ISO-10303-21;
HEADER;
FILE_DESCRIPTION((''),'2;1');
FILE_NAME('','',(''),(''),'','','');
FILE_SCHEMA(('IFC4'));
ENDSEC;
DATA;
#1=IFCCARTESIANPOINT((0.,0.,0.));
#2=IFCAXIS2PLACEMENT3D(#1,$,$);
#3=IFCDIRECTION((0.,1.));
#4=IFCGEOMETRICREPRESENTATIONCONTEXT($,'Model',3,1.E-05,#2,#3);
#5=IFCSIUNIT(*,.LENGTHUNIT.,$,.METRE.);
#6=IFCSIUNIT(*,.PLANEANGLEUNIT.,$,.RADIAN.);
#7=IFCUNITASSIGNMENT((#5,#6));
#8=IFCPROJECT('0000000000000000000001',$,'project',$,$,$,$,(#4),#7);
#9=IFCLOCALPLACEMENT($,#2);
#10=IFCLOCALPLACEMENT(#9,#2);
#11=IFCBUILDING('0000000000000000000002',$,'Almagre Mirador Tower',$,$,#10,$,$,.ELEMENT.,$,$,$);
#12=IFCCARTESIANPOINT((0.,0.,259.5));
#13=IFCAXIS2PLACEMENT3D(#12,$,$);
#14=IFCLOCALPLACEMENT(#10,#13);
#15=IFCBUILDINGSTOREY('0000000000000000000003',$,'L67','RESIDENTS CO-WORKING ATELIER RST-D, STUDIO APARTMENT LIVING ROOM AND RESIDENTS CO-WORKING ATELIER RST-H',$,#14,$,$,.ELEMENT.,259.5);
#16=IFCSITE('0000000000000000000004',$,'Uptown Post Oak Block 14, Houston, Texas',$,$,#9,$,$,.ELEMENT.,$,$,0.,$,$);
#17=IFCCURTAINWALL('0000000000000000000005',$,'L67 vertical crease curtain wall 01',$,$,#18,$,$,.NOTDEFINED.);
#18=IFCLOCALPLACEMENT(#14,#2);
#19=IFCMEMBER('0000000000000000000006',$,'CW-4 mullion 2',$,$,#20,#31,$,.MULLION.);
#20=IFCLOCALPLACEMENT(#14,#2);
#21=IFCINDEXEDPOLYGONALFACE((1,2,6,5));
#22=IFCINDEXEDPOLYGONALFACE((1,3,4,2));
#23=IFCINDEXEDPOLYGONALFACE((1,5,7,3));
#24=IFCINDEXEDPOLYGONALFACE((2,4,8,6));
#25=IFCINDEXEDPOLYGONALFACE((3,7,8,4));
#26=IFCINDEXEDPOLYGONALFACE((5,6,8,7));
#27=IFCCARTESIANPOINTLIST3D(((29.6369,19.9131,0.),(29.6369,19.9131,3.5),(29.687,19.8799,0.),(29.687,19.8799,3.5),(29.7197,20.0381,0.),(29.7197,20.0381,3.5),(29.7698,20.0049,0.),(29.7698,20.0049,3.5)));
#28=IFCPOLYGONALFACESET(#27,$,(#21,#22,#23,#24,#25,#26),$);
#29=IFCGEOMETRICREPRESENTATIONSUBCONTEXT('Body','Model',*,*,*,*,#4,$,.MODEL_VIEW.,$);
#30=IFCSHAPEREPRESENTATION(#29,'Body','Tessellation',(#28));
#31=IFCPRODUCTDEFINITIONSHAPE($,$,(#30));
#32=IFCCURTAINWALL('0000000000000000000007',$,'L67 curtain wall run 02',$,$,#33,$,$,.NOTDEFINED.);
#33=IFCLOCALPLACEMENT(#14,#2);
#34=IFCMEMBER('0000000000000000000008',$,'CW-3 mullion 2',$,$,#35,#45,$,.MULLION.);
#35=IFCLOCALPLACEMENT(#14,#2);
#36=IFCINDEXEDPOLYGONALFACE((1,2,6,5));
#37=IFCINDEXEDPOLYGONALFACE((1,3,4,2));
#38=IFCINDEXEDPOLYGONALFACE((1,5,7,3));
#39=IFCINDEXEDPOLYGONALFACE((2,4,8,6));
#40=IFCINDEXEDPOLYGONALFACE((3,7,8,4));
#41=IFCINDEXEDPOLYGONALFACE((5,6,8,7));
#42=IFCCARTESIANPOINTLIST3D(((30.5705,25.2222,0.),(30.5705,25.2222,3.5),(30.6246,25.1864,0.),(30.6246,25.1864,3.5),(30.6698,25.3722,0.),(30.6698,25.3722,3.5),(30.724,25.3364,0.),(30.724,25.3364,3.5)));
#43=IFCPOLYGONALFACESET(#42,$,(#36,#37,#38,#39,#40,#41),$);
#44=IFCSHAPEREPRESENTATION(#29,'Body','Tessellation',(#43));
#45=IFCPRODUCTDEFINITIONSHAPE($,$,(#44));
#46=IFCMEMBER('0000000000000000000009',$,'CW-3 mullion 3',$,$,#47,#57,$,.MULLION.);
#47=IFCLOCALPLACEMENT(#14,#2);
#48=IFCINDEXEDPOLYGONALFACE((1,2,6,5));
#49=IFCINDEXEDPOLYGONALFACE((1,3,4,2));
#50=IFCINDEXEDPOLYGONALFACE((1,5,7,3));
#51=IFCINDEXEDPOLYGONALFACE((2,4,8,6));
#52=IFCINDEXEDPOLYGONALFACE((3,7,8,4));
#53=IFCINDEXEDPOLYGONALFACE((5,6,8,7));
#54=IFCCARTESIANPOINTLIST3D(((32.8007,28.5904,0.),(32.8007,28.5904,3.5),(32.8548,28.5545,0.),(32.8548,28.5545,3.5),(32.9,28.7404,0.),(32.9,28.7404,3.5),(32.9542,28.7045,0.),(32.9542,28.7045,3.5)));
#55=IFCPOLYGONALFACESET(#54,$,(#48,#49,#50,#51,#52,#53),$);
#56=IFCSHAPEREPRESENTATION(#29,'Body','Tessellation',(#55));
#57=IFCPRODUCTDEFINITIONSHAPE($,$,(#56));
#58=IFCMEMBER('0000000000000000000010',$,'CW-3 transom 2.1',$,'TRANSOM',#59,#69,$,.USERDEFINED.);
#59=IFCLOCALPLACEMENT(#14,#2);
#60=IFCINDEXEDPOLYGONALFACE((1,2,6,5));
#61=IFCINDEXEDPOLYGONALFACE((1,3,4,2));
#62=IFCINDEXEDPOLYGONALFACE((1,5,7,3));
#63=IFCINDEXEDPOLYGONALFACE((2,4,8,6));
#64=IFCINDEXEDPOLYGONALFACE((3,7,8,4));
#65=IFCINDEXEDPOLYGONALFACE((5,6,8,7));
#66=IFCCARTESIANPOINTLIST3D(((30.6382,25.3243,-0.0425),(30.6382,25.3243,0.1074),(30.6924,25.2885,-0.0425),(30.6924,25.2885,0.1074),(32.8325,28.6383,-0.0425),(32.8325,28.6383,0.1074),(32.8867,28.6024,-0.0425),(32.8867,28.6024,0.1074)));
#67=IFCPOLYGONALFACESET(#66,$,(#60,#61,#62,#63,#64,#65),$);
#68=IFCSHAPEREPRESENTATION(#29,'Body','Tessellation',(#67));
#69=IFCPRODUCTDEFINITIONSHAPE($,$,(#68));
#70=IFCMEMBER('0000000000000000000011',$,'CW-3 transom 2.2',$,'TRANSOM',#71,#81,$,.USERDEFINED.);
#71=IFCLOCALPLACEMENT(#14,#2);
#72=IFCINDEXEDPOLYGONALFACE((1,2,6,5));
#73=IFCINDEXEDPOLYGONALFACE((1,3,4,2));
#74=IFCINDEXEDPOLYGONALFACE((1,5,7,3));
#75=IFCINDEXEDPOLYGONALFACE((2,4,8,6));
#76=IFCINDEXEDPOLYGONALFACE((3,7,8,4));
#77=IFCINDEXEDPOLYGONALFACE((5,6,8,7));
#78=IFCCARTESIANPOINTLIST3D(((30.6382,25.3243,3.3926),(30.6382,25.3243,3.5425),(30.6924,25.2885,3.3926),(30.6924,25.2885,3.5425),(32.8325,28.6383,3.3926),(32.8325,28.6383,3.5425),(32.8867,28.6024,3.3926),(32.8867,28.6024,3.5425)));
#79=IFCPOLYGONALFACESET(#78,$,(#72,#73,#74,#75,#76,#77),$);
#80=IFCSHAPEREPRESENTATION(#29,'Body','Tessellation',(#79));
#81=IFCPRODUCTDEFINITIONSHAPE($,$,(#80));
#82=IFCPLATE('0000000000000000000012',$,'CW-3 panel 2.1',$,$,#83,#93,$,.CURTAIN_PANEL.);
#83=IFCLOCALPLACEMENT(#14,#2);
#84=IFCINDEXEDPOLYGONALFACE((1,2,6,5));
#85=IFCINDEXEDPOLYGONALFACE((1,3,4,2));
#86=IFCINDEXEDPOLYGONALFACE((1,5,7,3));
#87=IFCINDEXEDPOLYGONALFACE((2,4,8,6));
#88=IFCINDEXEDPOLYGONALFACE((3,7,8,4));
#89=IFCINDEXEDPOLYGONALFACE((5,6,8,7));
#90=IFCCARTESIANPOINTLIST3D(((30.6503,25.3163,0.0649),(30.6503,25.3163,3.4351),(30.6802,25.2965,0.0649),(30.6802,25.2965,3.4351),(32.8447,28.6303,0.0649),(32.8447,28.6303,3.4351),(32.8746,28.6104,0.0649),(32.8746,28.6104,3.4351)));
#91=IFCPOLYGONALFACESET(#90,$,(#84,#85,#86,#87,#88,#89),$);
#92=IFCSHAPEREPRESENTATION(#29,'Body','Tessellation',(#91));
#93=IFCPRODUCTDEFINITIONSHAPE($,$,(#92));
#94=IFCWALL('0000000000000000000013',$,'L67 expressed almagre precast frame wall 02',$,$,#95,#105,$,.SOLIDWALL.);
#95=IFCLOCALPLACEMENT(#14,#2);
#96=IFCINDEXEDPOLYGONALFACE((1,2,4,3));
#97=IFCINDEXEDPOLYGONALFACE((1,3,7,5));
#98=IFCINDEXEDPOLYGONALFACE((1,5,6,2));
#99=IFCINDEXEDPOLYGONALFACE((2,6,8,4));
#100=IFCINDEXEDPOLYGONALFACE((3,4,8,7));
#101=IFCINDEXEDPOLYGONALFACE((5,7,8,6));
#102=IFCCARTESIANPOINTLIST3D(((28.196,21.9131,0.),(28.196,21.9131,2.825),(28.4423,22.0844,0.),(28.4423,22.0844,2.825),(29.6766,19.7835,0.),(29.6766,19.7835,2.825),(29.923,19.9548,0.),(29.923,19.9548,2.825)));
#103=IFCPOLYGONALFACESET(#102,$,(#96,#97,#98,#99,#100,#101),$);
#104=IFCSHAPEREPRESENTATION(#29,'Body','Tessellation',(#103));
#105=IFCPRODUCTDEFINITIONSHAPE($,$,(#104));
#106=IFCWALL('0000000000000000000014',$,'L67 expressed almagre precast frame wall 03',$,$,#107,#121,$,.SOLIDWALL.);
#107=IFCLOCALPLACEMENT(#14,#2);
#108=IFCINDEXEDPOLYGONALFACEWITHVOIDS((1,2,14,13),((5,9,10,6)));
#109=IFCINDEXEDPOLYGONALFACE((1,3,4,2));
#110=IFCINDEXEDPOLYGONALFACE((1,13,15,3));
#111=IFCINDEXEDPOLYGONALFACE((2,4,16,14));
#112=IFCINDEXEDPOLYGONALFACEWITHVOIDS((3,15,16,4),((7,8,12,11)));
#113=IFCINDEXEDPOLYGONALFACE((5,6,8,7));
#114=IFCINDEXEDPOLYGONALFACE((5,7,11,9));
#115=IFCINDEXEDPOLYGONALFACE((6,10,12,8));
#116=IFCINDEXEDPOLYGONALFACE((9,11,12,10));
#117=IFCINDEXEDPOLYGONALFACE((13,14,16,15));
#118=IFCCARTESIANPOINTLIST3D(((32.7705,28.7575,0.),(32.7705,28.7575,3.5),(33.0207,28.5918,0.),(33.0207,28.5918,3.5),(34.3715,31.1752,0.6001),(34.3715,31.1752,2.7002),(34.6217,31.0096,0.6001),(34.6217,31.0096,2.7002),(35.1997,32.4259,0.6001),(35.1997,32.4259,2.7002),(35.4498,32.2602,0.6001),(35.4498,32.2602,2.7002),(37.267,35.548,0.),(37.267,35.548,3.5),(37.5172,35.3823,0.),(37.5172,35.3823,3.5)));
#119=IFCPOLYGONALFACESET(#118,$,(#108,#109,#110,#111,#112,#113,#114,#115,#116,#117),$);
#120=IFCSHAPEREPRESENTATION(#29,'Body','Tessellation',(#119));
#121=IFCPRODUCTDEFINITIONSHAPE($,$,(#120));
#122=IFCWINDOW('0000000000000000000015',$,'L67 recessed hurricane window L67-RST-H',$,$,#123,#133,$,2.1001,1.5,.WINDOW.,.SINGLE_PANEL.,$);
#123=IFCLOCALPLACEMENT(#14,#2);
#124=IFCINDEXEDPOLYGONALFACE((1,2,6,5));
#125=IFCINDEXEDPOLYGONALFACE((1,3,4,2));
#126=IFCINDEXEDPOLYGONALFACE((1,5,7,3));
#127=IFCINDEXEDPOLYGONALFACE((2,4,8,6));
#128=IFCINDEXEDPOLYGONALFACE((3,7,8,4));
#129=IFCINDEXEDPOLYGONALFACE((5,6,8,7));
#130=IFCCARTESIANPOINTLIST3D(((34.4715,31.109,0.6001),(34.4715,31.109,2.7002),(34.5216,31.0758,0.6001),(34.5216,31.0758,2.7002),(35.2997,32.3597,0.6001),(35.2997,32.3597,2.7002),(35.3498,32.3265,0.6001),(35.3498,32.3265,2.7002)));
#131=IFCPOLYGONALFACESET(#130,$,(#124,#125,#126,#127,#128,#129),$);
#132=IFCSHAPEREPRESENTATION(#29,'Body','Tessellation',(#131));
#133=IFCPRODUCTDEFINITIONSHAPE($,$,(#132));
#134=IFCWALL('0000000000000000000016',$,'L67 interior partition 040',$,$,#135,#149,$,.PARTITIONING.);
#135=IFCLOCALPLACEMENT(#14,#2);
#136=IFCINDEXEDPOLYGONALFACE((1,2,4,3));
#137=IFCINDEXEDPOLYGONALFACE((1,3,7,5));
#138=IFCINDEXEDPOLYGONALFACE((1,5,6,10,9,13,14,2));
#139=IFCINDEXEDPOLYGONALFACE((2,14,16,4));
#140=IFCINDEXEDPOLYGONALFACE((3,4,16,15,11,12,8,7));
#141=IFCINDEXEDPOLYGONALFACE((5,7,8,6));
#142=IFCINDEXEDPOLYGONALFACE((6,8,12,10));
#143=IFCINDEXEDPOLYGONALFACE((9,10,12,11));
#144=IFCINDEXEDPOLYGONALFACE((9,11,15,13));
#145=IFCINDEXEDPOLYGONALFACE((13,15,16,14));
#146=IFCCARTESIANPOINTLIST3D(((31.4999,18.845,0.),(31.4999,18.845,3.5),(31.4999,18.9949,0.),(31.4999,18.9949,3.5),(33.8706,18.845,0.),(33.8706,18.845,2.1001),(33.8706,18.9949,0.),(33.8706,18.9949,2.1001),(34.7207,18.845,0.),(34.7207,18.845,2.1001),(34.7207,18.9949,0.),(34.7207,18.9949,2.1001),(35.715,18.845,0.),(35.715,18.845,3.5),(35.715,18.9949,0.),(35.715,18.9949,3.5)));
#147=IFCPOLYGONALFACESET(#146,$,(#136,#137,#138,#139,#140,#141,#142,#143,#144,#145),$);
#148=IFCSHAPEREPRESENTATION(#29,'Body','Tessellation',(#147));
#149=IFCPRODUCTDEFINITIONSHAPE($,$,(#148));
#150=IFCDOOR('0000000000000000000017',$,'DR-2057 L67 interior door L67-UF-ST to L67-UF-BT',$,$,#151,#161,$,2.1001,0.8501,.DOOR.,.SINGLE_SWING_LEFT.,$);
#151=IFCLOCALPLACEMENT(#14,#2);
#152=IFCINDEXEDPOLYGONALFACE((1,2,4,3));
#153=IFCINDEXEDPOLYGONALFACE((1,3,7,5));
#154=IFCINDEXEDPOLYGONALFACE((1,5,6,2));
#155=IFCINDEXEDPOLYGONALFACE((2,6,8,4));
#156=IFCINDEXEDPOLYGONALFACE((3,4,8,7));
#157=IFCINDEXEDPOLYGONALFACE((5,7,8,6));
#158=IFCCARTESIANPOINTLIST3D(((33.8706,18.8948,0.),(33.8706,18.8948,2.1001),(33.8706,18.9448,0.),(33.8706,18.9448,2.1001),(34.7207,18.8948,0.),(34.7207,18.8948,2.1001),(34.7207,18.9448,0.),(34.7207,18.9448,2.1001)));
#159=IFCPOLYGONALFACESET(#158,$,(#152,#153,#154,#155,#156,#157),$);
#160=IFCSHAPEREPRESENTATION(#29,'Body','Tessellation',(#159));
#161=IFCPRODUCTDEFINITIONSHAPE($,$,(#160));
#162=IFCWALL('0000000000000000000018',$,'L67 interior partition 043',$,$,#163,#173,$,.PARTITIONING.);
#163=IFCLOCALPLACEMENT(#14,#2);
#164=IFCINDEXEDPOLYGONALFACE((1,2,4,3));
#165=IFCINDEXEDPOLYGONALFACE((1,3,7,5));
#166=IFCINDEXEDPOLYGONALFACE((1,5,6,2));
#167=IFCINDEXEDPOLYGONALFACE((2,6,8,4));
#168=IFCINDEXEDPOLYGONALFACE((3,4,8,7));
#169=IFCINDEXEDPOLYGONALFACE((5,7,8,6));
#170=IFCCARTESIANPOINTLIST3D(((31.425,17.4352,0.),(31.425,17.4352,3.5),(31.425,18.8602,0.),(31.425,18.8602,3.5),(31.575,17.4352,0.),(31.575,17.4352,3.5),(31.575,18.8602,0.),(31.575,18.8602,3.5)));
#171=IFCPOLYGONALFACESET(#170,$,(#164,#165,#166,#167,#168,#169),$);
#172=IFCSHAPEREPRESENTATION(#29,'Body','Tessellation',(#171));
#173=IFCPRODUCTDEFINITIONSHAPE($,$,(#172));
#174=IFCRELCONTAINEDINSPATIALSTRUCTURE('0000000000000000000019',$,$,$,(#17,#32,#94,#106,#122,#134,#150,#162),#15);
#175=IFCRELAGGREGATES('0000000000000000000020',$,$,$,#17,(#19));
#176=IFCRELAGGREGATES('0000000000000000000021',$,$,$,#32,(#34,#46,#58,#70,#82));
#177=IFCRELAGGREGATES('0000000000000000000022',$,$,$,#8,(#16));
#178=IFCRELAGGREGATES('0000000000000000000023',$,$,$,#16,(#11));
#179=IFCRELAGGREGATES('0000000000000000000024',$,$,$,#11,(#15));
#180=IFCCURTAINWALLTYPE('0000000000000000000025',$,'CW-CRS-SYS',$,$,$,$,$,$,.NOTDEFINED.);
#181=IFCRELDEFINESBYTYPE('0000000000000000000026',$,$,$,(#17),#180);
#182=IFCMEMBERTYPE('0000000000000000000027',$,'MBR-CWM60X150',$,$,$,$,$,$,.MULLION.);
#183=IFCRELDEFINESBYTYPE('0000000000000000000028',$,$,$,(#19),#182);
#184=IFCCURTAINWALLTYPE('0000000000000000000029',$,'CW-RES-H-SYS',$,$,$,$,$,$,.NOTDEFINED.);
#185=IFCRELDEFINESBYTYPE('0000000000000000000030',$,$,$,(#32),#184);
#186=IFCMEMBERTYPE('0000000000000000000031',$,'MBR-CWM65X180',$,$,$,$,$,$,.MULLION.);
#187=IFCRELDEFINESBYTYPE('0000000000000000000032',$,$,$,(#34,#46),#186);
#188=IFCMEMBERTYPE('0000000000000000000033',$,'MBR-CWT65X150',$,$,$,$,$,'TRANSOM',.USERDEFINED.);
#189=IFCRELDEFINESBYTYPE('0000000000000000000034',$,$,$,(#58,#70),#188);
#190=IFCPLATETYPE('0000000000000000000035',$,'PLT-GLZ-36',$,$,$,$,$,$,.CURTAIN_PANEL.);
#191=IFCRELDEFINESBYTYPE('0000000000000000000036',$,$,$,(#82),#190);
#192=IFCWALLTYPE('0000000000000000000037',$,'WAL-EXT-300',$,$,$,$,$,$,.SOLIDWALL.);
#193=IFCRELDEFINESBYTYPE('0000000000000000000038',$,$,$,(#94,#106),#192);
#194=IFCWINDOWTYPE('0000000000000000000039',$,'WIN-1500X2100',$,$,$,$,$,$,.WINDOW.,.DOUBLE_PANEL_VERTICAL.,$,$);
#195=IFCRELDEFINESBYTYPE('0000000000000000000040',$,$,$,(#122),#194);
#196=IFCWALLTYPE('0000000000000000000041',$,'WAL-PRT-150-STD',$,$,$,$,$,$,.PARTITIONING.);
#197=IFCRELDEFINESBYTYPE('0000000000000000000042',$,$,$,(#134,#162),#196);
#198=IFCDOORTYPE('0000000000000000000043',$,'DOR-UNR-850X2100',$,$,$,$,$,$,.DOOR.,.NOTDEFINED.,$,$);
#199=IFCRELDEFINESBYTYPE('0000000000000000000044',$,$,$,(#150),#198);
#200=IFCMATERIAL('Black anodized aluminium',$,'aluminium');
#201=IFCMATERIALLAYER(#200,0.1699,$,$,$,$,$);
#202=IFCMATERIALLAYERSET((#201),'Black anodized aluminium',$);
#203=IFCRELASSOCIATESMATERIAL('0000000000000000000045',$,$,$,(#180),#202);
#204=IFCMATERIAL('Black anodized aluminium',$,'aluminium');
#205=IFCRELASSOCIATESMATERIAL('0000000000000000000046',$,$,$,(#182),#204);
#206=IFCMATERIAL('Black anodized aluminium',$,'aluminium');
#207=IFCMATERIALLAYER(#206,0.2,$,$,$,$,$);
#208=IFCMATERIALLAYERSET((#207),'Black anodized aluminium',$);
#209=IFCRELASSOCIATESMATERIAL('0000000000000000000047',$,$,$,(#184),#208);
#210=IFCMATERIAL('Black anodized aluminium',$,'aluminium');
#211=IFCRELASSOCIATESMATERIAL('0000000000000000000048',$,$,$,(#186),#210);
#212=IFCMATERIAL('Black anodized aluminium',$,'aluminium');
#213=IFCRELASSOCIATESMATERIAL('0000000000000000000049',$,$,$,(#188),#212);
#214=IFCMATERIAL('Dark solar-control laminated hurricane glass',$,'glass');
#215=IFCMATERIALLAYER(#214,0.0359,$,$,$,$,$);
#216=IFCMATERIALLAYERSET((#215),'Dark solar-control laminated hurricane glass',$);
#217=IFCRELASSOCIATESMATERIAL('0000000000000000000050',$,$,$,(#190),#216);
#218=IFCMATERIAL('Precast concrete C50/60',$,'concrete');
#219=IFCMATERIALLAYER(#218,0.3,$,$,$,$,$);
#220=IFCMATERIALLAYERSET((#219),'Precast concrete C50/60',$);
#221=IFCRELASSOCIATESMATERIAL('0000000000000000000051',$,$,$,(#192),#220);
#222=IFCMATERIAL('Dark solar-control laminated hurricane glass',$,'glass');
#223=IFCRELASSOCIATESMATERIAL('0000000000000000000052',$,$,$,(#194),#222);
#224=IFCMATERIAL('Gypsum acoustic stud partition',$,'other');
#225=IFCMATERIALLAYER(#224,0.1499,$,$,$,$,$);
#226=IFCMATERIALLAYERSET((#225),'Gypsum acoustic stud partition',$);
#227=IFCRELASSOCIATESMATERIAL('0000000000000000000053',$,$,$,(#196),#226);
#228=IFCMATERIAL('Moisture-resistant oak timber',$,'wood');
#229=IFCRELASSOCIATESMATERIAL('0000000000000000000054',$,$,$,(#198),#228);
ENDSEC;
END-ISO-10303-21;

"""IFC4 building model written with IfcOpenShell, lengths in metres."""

from ifc_helpers import new_model, si_unit, direction, frame, frame_2d, origin, origin_2d, place, context, subcontext, project, spatial, rectangle, extrude, material, layer, layer_set, material_profile, profile_set, type_object, element, fill, aggregate, save


model = new_model("IFC4")

# Units and contexts
model_context = context("Model", 3, precision=1e-05, world=origin(), true_north=direction((0.0, 1.0)))
body_context = subcontext(model_context, "Body", "Model", "MODEL_VIEW")
ifc_project = project(units=[si_unit("LENGTHUNIT", "METRE"), si_unit("PLANEANGLEUNIT", "RADIAN")], contexts=[model_context])

# Site, building, storey
site_placement = place(None, origin())
site = spatial("IfcSite", under=ifc_project, at=site_placement, Name="Uptown Post Oak Block 14, Houston, Texas", CompositionType="ELEMENT", RefElevation=0.0)
building_placement = place(site_placement, origin())
building = spatial("IfcBuilding", under=site, at=building_placement, Name="Almagre Mirador Tower", CompositionType="ELEMENT")
storey_placement = place(building_placement, frame((0.0, 0.0, 259.5)))
storey = spatial("IfcBuildingStorey", under=building, at=storey_placement, Name="L67", Description="RESIDENTS CO-WORKING ATELIER RST-D, STUDIO APARTMENT LIVING ROOM AND RESIDENTS CO-WORKING ATELIER RST-H", CompositionType="ELEMENT", Elevation=259.5)

# Curtain wall, member
ifc_material_1 = material(Name="Black anodized aluminium", Category="aluminium")
ifc_layer_1 = layer(ifc_material_1, 0.1699)
ifc_layer_set_1 = layer_set([ifc_layer_1], Name="Black anodized aluminium")
curtain_wall_type_1 = type_object("IfcCurtainWallType", Name="CW-CRS-SYS", PredefinedType="NOTDEFINED", material=ifc_layer_set_1)
curtain_wall_1_placement = place(storey_placement, origin())
curtain_wall_1 = element("IfcCurtainWall", 1, at=curtain_wall_1_placement, inside=storey, type_object=curtain_wall_type_1, Name="L67 vertical crease curtain wall 01", PredefinedType="NOTDEFINED")
ifc_material_2 = material(Name="Black anodized aluminium", Category="aluminium")
ifc_material_profile_1 = material_profile(ifc_material_2, rectangle(XDim=0.0601, YDim=0.1499, at=origin_2d()), Name="CWM60X150")
ifc_profile_set_1 = profile_set([ifc_material_profile_1], Name="Black anodized aluminium")
member_type_1 = type_object("IfcMemberType", Name="MBR-CWM60X150", PredefinedType="MULLION", material=ifc_profile_set_1)
member_1_placement = place(storey_placement, frame((29.7034, 19.959, 0.0), z_axis=(0.0, 0.0, 1.0), x_axis=(-0.833667, 0.552268, 0.0)))
member_1 = element("IfcMember", 2, at=member_1_placement, type_object=member_type_1, Name="CW-4 mullion 2", PredefinedType="MULLION", context=body_context, shape_type="SweptSolid", body=[
    extrude(rectangle(XDim=0.0601, YDim=0.1499, at=origin_2d()), origin(), (0.0, 0.0, 1.0), 3.5),
])
aggregate(curtain_wall_1, [member_1])

# Curtain wall, members, plate
ifc_material_3 = material(Name="Black anodized aluminium", Category="aluminium")
ifc_layer_2 = layer(ifc_material_3, 0.2)
ifc_layer_set_2 = layer_set([ifc_layer_2], Name="Black anodized aluminium")
curtain_wall_type_2 = type_object("IfcCurtainWallType", Name="CW-RES-H-SYS", PredefinedType="NOTDEFINED", material=ifc_layer_set_2)
curtain_wall_2_placement = place(storey_placement, origin())
curtain_wall_2 = element("IfcCurtainWall", 3, at=curtain_wall_2_placement, inside=storey, type_object=curtain_wall_type_2, Name="L67 curtain wall run 02", PredefinedType="NOTDEFINED")
ifc_material_4 = material(Name="Black anodized aluminium", Category="aluminium")
ifc_material_profile_2 = material_profile(ifc_material_4, rectangle(XDim=0.0649, YDim=0.1799, at=origin_2d()), Name="CWM65X180")
ifc_profile_set_2 = profile_set([ifc_material_profile_2], Name="Black anodized aluminium")
member_type_2 = type_object("IfcMemberType", Name="MBR-CWM65X180", PredefinedType="MULLION", material=ifc_profile_set_2)
member_2_placement = place(storey_placement, frame((30.6472, 25.2793, 0.0), z_axis=(0.0, 0.0, 1.0), x_axis=(-0.833775, 0.552105, 0.0)))
member_2 = element("IfcMember", 4, at=member_2_placement, type_object=member_type_2, Name="CW-3 mullion 2", PredefinedType="MULLION", context=body_context, shape_type="SweptSolid", body=[
    extrude(rectangle(XDim=0.0649, YDim=0.1799, at=origin_2d()), origin(), (0.0, 0.0, 1.0), 3.5),
])
member_3_placement = place(storey_placement, frame((32.8774, 28.6475, 0.0), z_axis=(0.0, 0.0, 1.0), x_axis=(-0.833775, 0.552105, 0.0)))
member_3 = element("IfcMember", 5, at=member_3_placement, type_object=member_type_2, Name="CW-3 mullion 3", PredefinedType="MULLION", context=body_context, shape_type="SweptSolid", body=[
    extrude(rectangle(XDim=0.0649, YDim=0.1799, at=origin_2d()), origin(), (0.0, 0.0, 1.0), 3.5),
])
ifc_material_5 = material(Name="Black anodized aluminium", Category="aluminium")
ifc_material_profile_3 = material_profile(ifc_material_5, rectangle(XDim=0.0649, YDim=0.1499, at=origin_2d()), Name="CWT65X150")
ifc_profile_set_3 = profile_set([ifc_material_profile_3], Name="Black anodized aluminium")
member_type_3 = type_object("IfcMemberType", Name="MBR-CWT65X150", ElementType="TRANSOM", PredefinedType="USERDEFINED", material=ifc_profile_set_3)
member_4_placement = place(storey_placement, frame((30.6653, 25.3064, 0.0325), z_axis=(0.552089, 0.833785, 0.0), x_axis=(-0.833785, 0.552089, 0.0)))
member_4 = element("IfcMember", 6, at=member_4_placement, type_object=member_type_3, Name="CW-3 transom 2.1", ObjectType="TRANSOM", PredefinedType="USERDEFINED", context=body_context, shape_type="SweptSolid", body=[
    extrude(rectangle(XDim=0.0649, YDim=0.1499, at=origin_2d()), origin(), (0.0, 0.0, 1.0), 3.9746),
])
member_5_placement = place(storey_placement, frame((30.6653, 25.3064, 3.4675), z_axis=(0.552089, 0.833785, 0.0), x_axis=(-0.833785, 0.552089, 0.0)))
member_5 = element("IfcMember", 7, at=member_5_placement, type_object=member_type_3, Name="CW-3 transom 2.2", ObjectType="TRANSOM", PredefinedType="USERDEFINED", context=body_context, shape_type="SweptSolid", body=[
    extrude(rectangle(XDim=0.0649, YDim=0.1499, at=origin_2d()), origin(), (0.0, 0.0, 1.0), 3.9746),
])
ifc_material_6 = material(Name="Dark solar-control laminated hurricane glass", Category="glass")
ifc_layer_3 = layer(ifc_material_6, 0.0359)
ifc_layer_set_3 = layer_set([ifc_layer_3], Name="Dark solar-control laminated hurricane glass")
plate_type = type_object("IfcPlateType", Name="PLT-GLZ-36", PredefinedType="CURTAIN_PANEL", material=ifc_layer_set_3)
plate_placement = place(storey_placement, frame((31.7625, 26.9634, 0.0649), z_axis=(0.0, 0.0, 1.0), x_axis=(0.552105, 0.833775, 0.0)))
plate = element("IfcPlate", 8, at=plate_placement, type_object=plate_type, Name="CW-3 panel 2.1", PredefinedType="CURTAIN_PANEL", context=body_context, shape_type="SweptSolid", body=[
    extrude(rectangle(XDim=3.9746, YDim=0.0359, at=origin_2d()), origin(), (0.0, 0.0, 1.0), 3.3701),
])
aggregate(curtain_wall_2, [member_2, member_3, member_4, member_5, plate])

# Wall
ifc_material_7 = material(Name="Precast concrete C50/60", Category="concrete")
ifc_layer_4 = layer(ifc_material_7, 0.3)
ifc_layer_set_4 = layer_set([ifc_layer_4], Name="Precast concrete C50/60")
wall_type_1 = type_object("IfcWallType", Name="WAL-EXT-300", PredefinedType="SOLIDWALL", material=ifc_layer_set_4)
wall_1_placement = place(storey_placement, frame((29.7998, 19.8691, 0.0), z_axis=(0.0, 0.0, 1.0), x_axis=(-0.570863, 0.821045, 0.0)))
element("IfcWall", 9, at=wall_1_placement, inside=storey, type_object=wall_type_1, Name="L67 expressed almagre precast frame wall 02", PredefinedType="SOLIDWALL", context=body_context, shape_type="SweptSolid", body=[
    extrude(rectangle(XDim=2.5938, YDim=0.3, at=frame_2d((1.2969, 0.0))), origin(), (0.0, 0.0, 1.0), 2.825),
])

# Wall, opening, window
wall_2_placement = place(storey_placement, frame((32.8955, 28.6746, 0.0), z_axis=(0.0, 0.0, 1.0), x_axis=(0.55211, 0.833771, 0.0)))
wall_2 = element("IfcWall", 10, at=wall_2_placement, inside=storey, type_object=wall_type_1, Name="L67 expressed almagre precast frame wall 03", PredefinedType="SOLIDWALL", context=body_context, shape_type="SweptSolid", body=[
    extrude(rectangle(XDim=8.1443, YDim=0.3, at=frame_2d((4.0723, 0.0))), origin(), (0.0, 0.0, 1.0), 3.5),
])
opening_1_placement = place(wall_2_placement, frame((2.8999, 0.0, 0.6001)))
opening_1 = element("IfcOpeningElement", 11, at=opening_1_placement, cuts=wall_2, PredefinedType="OPENING", context=body_context, shape_type="SweptSolid", body=[
    extrude(rectangle(XDim=1.5, YDim=2.1001, at=frame_2d((0.75, 1.05))), frame((0.0, 0.1599, 0.0), z_axis=(0.0, -1.0, 0.0), x_axis=(1.0, 0.0, 0.0)), (0.0, 0.0, 1.0), 0.32),
])
ifc_material_8 = material(Name="Dark solar-control laminated hurricane glass", Category="glass")
window_type = type_object("IfcWindowType", Name="WIN-1500X2100", PartitioningType="DOUBLE_PANEL_VERTICAL", PredefinedType="WINDOW", material=ifc_material_8)
window_placement = place(opening_1_placement, origin())
window = element("IfcWindow", 12, at=window_placement, inside=storey, type_object=window_type, Name="L67 recessed hurricane window L67-RST-H", OverallHeight=2.1001, OverallWidth=1.5, PartitioningType="SINGLE_PANEL", PredefinedType="WINDOW", context=body_context, shape_type="SweptSolid", body=[
    extrude(rectangle(XDim=1.5, YDim=2.1001, at=frame_2d((0.75, 1.05))), frame((0.0, 0.03, 0.0), z_axis=(0.0, -1.0, 0.0), x_axis=(1.0, 0.0, 0.0)), (0.0, 0.0, 1.0), 0.0601),
])
fill(opening_1, window)

# Wall, opening, door
ifc_material_9 = material(Name="Gypsum acoustic stud partition", Category="other")
ifc_layer_5 = layer(ifc_material_9, 0.1499)
ifc_layer_set_5 = layer_set([ifc_layer_5], Name="Gypsum acoustic stud partition")
wall_type_2 = type_object("IfcWallType", Name="WAL-PRT-150-STD", PredefinedType="PARTITIONING", material=ifc_layer_set_5)
wall_3_placement = place(storey_placement, frame((31.5, 18.9199, 0.0), z_axis=(0.0, 0.0, 1.0), x_axis=(1.0, 0.0, 0.0)))
wall_3 = element("IfcWall", 13, at=wall_3_placement, inside=storey, type_object=wall_type_2, Name="L67 interior partition 040", PredefinedType="PARTITIONING", context=body_context, shape_type="SweptSolid", body=[
    extrude(rectangle(XDim=4.2151, YDim=0.1499, at=frame_2d((2.1074, 0.0))), origin(), (0.0, 0.0, 1.0), 3.5),
])
opening_2_placement = place(wall_3_placement, frame((2.3706, 0.0, 0.0)))
opening_2 = element("IfcOpeningElement", 14, at=opening_2_placement, cuts=wall_3, PredefinedType="OPENING", context=body_context, shape_type="SweptSolid", body=[
    extrude(rectangle(XDim=0.8501, YDim=2.1001, at=frame_2d((0.425, 1.05))), frame((0.0, 0.085, 0.0), z_axis=(0.0, -1.0, 0.0), x_axis=(1.0, 0.0, 0.0)), (0.0, 0.0, 1.0), 0.1699),
])
ifc_material_10 = material(Name="Moisture-resistant oak timber", Category="wood")
door_type_1 = type_object("IfcDoorType", Name="DOR-UNR-850X2100", OperationType="NOTDEFINED", PredefinedType="DOOR", material=ifc_material_10)
door_1_placement = place(opening_2_placement, origin())
door_1 = element("IfcDoor", 15, at=door_1_placement, inside=storey, type_object=door_type_1, Name="DR-2057 L67 interior door L67-UF-ST to L67-UF-BT", OperationType="SINGLE_SWING_LEFT", OverallHeight=2.1001, OverallWidth=0.8501, PredefinedType="DOOR", context=body_context, shape_type="SweptSolid", body=[
    extrude(rectangle(XDim=0.8501, YDim=2.1001, at=frame_2d((0.425, 1.05))), frame((0.0, 0.0249, 0.0), z_axis=(0.0, -1.0, 0.0), x_axis=(1.0, 0.0, 0.0)), (0.0, 0.0, 1.0), 0.05),
])
fill(opening_2, door_1)

# Wall
wall_4_placement = place(storey_placement, frame((31.5, 18.8601, 0.0), z_axis=(0.0, 0.0, 1.0), x_axis=(0.0, -1.0, 0.0)))
element("IfcWall", 16, at=wall_4_placement, inside=storey, type_object=wall_type_2, Name="L67 interior partition 043", PredefinedType="PARTITIONING", context=body_context, shape_type="SweptSolid", body=[
    extrude(rectangle(XDim=1.425, YDim=0.1499, at=frame_2d((0.7124, 0.0))), origin(), (0.0, 0.0, 1.0), 3.5),
])

save(model, "model.ifc")
